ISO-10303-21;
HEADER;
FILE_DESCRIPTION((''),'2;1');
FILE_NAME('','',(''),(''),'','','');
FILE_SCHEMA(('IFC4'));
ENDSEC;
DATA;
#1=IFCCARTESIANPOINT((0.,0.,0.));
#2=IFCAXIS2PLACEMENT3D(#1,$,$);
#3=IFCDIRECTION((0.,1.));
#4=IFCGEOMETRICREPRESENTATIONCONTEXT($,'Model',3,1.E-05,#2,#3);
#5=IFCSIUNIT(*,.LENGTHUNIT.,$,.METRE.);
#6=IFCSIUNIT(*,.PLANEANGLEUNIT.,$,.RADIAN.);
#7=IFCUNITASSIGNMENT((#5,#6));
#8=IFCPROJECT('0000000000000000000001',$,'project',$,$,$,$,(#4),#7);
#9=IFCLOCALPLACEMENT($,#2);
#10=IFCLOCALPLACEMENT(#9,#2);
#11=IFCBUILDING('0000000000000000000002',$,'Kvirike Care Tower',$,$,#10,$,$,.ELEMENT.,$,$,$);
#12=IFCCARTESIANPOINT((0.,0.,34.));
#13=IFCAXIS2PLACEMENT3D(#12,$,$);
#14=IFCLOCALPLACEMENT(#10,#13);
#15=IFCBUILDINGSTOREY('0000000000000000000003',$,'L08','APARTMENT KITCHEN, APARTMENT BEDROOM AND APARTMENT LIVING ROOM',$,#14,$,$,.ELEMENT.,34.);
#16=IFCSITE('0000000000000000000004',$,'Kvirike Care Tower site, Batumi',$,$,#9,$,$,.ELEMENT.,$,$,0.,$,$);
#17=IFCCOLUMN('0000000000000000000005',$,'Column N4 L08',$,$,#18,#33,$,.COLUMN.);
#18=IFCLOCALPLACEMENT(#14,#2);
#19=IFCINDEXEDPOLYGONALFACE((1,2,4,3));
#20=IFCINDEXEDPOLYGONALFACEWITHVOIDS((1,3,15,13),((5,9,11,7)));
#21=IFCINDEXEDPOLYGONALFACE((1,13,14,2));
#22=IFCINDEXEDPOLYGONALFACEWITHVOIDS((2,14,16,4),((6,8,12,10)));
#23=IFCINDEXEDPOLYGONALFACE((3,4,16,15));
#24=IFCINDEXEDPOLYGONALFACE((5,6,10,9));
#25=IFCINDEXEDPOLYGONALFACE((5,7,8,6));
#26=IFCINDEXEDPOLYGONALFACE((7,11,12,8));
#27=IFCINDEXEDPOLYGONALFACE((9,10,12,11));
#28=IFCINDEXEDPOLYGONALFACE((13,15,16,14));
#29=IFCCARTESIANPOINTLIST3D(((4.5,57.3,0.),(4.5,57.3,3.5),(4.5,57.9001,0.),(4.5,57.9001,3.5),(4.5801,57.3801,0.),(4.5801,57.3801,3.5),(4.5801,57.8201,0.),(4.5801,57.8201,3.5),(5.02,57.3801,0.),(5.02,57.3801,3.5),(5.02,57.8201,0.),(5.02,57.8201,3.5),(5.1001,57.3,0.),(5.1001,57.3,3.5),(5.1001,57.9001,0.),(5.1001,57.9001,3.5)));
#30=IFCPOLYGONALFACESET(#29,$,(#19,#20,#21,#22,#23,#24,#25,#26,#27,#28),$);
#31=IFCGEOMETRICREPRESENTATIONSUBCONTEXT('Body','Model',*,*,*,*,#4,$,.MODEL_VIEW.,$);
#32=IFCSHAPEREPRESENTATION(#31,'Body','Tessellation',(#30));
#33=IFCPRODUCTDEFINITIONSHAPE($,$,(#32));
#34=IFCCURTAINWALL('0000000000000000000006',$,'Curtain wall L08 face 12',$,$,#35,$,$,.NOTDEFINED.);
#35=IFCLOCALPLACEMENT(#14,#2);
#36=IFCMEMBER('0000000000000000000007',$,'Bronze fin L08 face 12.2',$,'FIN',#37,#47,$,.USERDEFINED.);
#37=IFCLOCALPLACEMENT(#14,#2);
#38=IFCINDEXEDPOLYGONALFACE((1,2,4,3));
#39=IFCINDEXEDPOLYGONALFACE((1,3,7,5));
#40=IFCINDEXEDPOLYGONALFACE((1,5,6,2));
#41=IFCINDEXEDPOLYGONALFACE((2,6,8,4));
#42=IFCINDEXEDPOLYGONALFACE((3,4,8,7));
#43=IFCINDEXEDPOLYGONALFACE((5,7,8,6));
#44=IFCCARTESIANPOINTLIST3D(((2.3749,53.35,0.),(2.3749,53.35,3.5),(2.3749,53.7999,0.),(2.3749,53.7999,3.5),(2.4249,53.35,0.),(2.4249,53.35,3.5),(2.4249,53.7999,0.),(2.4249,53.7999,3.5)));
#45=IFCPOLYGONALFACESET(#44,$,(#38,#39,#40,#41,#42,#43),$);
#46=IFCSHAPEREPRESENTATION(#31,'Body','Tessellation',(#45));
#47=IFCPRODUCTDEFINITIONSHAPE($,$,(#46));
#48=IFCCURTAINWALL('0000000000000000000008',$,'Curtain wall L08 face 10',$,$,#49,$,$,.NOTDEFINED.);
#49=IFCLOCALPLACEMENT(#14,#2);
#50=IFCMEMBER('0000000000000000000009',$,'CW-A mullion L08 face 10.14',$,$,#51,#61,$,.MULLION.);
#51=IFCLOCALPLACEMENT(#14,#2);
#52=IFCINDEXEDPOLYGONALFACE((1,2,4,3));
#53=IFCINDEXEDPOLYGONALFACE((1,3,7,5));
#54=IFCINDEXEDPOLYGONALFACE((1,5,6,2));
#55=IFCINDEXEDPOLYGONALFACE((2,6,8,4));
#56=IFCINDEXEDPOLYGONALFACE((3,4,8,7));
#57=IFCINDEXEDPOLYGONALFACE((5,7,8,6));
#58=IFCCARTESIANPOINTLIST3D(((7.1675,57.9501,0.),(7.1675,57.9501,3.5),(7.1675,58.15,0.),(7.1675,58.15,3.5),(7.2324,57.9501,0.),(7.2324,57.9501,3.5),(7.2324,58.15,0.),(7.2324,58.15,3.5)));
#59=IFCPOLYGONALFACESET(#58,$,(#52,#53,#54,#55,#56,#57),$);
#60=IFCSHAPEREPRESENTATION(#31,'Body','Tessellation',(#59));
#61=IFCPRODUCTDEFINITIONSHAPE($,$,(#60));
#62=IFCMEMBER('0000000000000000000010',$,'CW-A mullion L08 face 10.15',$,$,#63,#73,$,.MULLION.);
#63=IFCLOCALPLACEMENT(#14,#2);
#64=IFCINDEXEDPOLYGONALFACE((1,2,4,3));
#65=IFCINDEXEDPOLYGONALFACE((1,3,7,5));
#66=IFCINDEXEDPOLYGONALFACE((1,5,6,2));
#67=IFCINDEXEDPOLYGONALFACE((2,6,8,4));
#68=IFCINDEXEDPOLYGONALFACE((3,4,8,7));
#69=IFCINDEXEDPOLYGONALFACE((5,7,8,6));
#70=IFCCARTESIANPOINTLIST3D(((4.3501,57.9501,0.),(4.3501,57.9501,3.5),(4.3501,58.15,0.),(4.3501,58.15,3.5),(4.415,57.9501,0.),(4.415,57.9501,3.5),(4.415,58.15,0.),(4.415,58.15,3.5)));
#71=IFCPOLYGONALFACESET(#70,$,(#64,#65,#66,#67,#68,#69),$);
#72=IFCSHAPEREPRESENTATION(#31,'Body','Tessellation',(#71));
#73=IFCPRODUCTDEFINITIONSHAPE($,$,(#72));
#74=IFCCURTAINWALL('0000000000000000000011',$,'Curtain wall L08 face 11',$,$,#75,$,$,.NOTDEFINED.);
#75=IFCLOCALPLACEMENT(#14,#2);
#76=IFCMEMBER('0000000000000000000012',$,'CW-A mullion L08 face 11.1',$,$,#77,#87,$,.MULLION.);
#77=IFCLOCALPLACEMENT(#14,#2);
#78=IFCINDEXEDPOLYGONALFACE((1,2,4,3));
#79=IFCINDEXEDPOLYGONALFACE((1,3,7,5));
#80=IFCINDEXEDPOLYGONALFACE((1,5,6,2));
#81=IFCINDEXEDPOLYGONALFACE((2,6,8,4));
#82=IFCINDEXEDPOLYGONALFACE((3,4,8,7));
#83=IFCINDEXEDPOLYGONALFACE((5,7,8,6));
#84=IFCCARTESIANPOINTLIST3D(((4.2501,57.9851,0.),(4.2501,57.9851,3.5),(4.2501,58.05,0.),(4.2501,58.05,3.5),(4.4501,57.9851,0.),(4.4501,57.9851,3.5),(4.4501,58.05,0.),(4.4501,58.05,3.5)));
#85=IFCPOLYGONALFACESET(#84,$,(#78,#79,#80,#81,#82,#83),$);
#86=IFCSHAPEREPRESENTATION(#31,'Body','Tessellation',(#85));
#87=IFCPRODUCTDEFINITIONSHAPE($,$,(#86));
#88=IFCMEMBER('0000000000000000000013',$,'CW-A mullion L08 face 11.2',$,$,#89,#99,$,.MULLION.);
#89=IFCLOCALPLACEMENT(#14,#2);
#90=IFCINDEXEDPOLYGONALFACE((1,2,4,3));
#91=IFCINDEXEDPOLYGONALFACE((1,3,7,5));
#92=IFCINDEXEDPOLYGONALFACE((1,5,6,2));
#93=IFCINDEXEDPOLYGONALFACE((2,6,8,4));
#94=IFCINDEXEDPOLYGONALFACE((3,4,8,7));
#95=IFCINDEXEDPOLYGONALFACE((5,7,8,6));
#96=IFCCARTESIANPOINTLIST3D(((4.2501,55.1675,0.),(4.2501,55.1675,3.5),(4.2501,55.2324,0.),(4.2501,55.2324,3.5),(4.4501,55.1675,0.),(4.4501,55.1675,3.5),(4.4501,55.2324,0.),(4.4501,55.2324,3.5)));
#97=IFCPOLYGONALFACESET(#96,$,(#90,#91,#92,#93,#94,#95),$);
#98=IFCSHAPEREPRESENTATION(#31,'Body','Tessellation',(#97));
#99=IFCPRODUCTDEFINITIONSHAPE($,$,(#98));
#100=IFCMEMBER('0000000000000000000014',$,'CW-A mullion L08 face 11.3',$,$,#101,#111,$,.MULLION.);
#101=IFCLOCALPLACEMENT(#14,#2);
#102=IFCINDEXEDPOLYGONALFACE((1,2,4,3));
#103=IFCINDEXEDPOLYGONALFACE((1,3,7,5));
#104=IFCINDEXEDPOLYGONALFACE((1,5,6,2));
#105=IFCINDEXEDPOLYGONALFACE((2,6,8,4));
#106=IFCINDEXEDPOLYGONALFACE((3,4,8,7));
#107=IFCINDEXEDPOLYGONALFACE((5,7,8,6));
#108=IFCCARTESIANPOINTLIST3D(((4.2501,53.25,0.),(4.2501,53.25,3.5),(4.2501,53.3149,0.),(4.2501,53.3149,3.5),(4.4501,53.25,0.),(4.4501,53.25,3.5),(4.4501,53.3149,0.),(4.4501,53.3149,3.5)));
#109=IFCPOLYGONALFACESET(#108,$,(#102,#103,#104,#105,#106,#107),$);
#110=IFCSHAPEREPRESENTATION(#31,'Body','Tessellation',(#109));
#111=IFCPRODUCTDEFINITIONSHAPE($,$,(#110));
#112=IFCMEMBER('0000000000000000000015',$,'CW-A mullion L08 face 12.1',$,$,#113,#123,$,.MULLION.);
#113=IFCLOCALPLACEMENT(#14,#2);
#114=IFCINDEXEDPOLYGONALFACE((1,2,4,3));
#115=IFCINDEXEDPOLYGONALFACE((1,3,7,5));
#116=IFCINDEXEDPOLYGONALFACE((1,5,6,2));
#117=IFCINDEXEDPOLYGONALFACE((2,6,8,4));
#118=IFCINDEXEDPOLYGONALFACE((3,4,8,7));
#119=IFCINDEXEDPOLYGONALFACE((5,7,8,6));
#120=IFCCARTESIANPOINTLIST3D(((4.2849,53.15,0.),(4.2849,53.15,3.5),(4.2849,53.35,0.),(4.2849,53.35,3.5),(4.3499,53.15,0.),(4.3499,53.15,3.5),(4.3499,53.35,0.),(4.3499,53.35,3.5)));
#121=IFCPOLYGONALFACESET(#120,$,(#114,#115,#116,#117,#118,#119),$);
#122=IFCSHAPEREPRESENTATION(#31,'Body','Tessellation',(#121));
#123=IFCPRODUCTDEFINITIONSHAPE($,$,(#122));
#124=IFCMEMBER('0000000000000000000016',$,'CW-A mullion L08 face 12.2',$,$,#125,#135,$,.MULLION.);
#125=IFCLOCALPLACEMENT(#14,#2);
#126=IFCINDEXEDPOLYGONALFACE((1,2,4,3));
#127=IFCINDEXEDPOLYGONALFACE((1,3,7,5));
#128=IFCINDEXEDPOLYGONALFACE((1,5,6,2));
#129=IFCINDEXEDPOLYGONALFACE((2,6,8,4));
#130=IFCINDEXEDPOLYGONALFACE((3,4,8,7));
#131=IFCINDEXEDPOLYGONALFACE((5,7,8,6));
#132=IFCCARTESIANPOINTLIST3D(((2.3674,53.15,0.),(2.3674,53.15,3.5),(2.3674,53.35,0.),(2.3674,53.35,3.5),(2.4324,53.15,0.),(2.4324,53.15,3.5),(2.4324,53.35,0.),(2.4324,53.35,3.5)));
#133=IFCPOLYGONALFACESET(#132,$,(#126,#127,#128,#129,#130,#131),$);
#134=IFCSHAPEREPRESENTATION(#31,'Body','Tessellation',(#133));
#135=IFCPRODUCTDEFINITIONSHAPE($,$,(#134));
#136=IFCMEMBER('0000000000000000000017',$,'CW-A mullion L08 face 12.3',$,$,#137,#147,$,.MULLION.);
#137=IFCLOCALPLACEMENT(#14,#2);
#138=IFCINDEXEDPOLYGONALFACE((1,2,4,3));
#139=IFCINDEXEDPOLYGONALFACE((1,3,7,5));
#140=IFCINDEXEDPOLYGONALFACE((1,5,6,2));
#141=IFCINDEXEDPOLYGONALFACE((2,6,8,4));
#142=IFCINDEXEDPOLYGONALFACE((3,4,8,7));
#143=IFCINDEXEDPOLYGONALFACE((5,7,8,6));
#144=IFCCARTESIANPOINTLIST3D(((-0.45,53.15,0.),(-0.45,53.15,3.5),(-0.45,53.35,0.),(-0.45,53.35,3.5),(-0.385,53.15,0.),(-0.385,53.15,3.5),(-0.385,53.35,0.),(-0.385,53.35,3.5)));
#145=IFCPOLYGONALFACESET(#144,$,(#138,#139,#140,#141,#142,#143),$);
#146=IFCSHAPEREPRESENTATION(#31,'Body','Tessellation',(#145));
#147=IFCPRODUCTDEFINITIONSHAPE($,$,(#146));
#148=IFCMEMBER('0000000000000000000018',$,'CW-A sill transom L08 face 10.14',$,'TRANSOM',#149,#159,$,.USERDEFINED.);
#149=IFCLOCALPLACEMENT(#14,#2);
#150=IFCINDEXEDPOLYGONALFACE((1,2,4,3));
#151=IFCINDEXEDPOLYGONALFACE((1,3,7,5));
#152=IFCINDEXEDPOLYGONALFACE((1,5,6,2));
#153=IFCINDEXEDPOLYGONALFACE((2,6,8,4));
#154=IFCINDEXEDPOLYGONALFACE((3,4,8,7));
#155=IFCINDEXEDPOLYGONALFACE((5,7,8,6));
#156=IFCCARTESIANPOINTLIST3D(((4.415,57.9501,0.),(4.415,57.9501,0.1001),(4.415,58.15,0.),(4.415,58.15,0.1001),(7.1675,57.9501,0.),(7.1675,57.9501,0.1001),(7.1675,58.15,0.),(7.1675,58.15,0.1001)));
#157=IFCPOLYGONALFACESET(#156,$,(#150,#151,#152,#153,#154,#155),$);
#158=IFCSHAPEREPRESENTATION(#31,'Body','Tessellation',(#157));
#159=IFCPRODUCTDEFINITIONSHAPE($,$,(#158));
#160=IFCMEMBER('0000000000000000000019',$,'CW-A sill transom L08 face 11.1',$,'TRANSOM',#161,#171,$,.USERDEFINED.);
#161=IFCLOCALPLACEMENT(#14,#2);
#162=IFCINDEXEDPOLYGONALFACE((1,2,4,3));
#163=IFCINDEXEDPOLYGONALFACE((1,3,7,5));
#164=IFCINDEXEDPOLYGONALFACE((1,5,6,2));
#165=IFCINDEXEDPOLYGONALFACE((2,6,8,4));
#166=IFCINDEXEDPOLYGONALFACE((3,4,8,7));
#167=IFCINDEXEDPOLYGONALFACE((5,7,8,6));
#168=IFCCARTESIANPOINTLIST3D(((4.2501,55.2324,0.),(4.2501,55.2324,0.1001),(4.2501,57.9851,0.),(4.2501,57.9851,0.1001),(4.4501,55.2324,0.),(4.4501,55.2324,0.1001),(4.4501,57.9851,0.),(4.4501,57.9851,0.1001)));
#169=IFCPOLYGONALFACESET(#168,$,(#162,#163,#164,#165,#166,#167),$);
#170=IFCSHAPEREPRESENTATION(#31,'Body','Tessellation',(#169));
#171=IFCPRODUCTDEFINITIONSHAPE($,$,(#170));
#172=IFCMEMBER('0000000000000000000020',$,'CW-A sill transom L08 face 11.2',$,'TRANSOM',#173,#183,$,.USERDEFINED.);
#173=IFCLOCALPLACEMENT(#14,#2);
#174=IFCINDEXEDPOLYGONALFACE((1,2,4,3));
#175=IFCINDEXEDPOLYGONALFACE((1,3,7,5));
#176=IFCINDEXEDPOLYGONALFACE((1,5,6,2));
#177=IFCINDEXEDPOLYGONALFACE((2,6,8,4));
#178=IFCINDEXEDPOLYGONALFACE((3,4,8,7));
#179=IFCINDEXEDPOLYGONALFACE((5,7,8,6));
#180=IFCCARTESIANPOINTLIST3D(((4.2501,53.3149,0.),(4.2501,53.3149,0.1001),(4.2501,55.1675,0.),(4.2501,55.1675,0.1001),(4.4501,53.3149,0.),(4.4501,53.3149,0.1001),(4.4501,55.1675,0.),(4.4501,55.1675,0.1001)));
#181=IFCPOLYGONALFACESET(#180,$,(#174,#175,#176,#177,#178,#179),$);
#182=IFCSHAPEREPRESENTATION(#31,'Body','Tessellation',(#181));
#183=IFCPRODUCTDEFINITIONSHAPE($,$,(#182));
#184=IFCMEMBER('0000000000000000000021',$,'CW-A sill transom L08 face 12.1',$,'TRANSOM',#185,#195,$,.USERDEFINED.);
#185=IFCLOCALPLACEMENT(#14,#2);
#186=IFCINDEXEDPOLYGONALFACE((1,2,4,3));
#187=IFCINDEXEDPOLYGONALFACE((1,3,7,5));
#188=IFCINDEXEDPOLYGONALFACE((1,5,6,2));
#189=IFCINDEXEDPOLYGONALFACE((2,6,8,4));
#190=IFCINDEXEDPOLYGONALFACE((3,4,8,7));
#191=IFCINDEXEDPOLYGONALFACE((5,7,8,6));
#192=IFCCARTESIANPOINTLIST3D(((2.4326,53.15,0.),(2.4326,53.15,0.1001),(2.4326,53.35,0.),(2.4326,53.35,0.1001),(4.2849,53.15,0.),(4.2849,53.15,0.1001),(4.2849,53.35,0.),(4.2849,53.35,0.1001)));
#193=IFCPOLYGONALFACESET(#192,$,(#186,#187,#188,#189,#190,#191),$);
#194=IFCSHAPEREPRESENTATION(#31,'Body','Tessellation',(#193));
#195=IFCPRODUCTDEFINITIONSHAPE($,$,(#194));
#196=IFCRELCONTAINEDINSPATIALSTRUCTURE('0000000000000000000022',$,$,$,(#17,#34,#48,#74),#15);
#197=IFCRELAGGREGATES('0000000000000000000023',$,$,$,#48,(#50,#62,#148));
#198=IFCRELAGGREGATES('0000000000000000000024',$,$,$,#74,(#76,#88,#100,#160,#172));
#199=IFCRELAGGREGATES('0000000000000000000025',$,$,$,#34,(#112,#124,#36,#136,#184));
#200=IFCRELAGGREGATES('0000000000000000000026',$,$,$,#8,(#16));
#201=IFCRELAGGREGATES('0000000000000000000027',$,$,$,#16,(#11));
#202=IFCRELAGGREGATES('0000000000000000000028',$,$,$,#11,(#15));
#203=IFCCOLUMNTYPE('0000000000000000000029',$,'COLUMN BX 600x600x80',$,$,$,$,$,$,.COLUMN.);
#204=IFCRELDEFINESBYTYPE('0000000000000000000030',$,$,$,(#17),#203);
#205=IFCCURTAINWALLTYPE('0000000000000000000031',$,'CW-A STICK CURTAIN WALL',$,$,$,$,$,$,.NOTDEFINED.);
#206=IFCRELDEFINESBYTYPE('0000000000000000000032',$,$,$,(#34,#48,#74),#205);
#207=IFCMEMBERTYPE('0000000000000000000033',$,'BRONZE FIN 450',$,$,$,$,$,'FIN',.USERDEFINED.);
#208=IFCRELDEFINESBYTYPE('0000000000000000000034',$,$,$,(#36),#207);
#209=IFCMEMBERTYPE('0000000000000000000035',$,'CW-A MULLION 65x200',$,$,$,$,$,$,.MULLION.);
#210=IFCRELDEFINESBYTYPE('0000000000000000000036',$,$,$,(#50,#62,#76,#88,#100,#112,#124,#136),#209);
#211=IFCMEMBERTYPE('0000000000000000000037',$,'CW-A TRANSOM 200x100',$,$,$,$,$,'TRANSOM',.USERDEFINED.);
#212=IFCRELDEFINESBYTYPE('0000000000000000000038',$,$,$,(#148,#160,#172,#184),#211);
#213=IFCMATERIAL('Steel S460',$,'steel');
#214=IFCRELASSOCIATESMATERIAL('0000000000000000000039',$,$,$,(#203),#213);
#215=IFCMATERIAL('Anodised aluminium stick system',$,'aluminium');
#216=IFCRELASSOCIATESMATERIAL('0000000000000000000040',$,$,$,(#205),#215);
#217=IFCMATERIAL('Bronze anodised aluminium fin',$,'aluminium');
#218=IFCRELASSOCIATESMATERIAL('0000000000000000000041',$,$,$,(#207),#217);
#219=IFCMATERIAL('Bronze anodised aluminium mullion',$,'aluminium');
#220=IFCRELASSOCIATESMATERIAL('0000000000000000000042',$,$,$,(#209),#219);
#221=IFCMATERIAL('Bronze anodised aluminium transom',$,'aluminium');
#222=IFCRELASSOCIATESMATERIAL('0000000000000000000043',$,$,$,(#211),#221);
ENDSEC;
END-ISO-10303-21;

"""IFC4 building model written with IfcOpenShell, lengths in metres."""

from ifc_helpers import new_model, si_unit, direction, frame, origin, origin_2d, place, context, subcontext, project, spatial, rectangle, hollow_rectangle, extrude, material, material_profile, profile_set, type_object, element, aggregate, save


model = new_model("IFC4")

# Units and contexts
model_context = context("Model", 3, precision=1e-05, world=origin(), true_north=direction((0.0, 1.0)))
body_context = subcontext(model_context, "Body", "Model", "MODEL_VIEW")
ifc_project = project(units=[si_unit("LENGTHUNIT", "METRE"), si_unit("PLANEANGLEUNIT", "RADIAN")], contexts=[model_context])

# Site, building, storey
site_placement = place(None, origin())
site = spatial("IfcSite", under=ifc_project, at=site_placement, Name="Kvirike Care Tower site, Batumi", CompositionType="ELEMENT", RefElevation=0.0)
building_placement = place(site_placement, origin())
building = spatial("IfcBuilding", under=site, at=building_placement, Name="Kvirike Care Tower", CompositionType="ELEMENT")
storey_placement = place(building_placement, frame((0.0, 0.0, 34.0)))
storey = spatial("IfcBuildingStorey", under=building, at=storey_placement, Name="L08", Description="APARTMENT KITCHEN, APARTMENT BEDROOM AND APARTMENT LIVING ROOM", CompositionType="ELEMENT", Elevation=34.0)

# Column
ifc_material_1 = material(Name="Steel S460", Category="steel")
ifc_material_profile_1 = material_profile(ifc_material_1, hollow_rectangle(XDim=0.6001, YDim=0.6001, WallThickness=0.0801, at=origin_2d()), Name="BX 600x600x80")
ifc_profile_set_1 = profile_set([ifc_material_profile_1], Name="Steel S460")
column_type = type_object("IfcColumnType", Name="COLUMN BX 600x600x80", PredefinedType="COLUMN", material=ifc_profile_set_1)
column_placement = place(storey_placement, frame((4.8, 57.6001, 0.0), z_axis=(0.0, 0.0, 1.0), x_axis=(0.0, 1.0, 0.0)))
element("IfcColumn", 1, at=column_placement, inside=storey, type_object=column_type, Name="Column N4 L08", PredefinedType="COLUMN", context=body_context, shape_type="SweptSolid", body=[
    extrude(hollow_rectangle(XDim=0.6001, YDim=0.6001, WallThickness=0.0801, at=origin_2d()), origin(), (0.0, 0.0, 1.0), 3.5),
])

# Curtain wall, member
ifc_material_2 = material(Name="Anodised aluminium stick system", Category="aluminium")
curtain_wall_type = type_object("IfcCurtainWallType", Name="CW-A STICK CURTAIN WALL", PredefinedType="NOTDEFINED", material=ifc_material_2)
curtain_wall_1_placement = place(storey_placement, origin())
curtain_wall_1 = element("IfcCurtainWall", 2, at=curtain_wall_1_placement, inside=storey, type_object=curtain_wall_type, Name="Curtain wall L08 face 12", PredefinedType="NOTDEFINED")
ifc_material_3 = material(Name="Bronze anodised aluminium fin", Category="aluminium")
ifc_material_profile_2 = material_profile(ifc_material_3, rectangle(XDim=0.05, YDim=0.45, at=origin_2d()), Name="BRONZE FIN 450")
ifc_profile_set_2 = profile_set([ifc_material_profile_2], Name="Bronze anodised aluminium fin")
member_type_1 = type_object("IfcMemberType", Name="BRONZE FIN 450", ElementType="FIN", PredefinedType="USERDEFINED", material=ifc_profile_set_2)
member_1_placement = place(storey_placement, frame((2.3999, 53.575, 0.0), z_axis=(0.0, 0.0, 1.0), x_axis=(-1.0, 0.0, 0.0)))
member_1 = element("IfcMember", 3, at=member_1_placement, type_object=member_type_1, Name="Bronze fin L08 face 12.2", ObjectType="FIN", PredefinedType="USERDEFINED", context=body_context, shape_type="SweptSolid", body=[
    extrude(rectangle(XDim=0.05, YDim=0.45, at=origin_2d()), origin(), (0.0, 0.0, 1.0), 3.5),
])

# Curtain walls, members
curtain_wall_2_placement = place(storey_placement, origin())
curtain_wall_2 = element("IfcCurtainWall", 4, at=curtain_wall_2_placement, inside=storey, type_object=curtain_wall_type, Name="Curtain wall L08 face 10", PredefinedType="NOTDEFINED")
ifc_material_4 = material(Name="Bronze anodised aluminium mullion", Category="aluminium")
ifc_material_profile_3 = material_profile(ifc_material_4, rectangle(XDim=0.0649, YDim=0.2, at=origin_2d()), Name="CW-A MULLION 65x200")
ifc_profile_set_3 = profile_set([ifc_material_profile_3], Name="Bronze anodised aluminium mullion")
member_type_2 = type_object("IfcMemberType", Name="CW-A MULLION 65x200", PredefinedType="MULLION", material=ifc_profile_set_3)
member_2_placement = place(storey_placement, frame((7.2, 58.05, 0.0), z_axis=(0.0, 0.0, 1.0), x_axis=(-1.0, 0.0, 0.0)))
member_2 = element("IfcMember", 5, at=member_2_placement, type_object=member_type_2, Name="CW-A mullion L08 face 10.14", PredefinedType="MULLION", context=body_context, shape_type="SweptSolid", body=[
    extrude(rectangle(XDim=0.0649, YDim=0.2, at=origin_2d()), origin(), (0.0, 0.0, 1.0), 3.5),
])
member_3_placement = place(storey_placement, frame((4.3826, 58.05, 0.0), z_axis=(0.0, 0.0, 1.0), x_axis=(-1.0, 0.0, 0.0)))
member_3 = element("IfcMember", 6, at=member_3_placement, type_object=member_type_2, Name="CW-A mullion L08 face 10.15", PredefinedType="MULLION", context=body_context, shape_type="SweptSolid", body=[
    extrude(rectangle(XDim=0.0649, YDim=0.2, at=origin_2d()), origin(), (0.0, 0.0, 1.0), 3.5),
])
curtain_wall_3_placement = place(storey_placement, origin())
curtain_wall_3 = element("IfcCurtainWall", 7, at=curtain_wall_3_placement, inside=storey, type_object=curtain_wall_type, Name="Curtain wall L08 face 11", PredefinedType="NOTDEFINED")
member_4_placement = place(storey_placement, frame((4.3501, 58.0176, 0.0), z_axis=(0.0, 0.0, 1.0), x_axis=(0.0, -1.0, 0.0)))
member_4 = element("IfcMember", 8, at=member_4_placement, type_object=member_type_2, Name="CW-A mullion L08 face 11.1", PredefinedType="MULLION", context=body_context, shape_type="SweptSolid", body=[
    extrude(rectangle(XDim=0.0649, YDim=0.2, at=origin_2d()), origin(), (0.0, 0.0, 1.0), 3.5),
])
member_5_placement = place(storey_placement, frame((4.3501, 55.2, 0.0), z_axis=(0.0, 0.0, 1.0), x_axis=(0.0, -1.0, 0.0)))
member_5 = element("IfcMember", 9, at=member_5_placement, type_object=member_type_2, Name="CW-A mullion L08 face 11.2", PredefinedType="MULLION", context=body_context, shape_type="SweptSolid", body=[
    extrude(rectangle(XDim=0.0649, YDim=0.2, at=origin_2d()), origin(), (0.0, 0.0, 1.0), 3.5),
])
member_6_placement = place(storey_placement, frame((4.3501, 53.2825, 0.0), z_axis=(0.0, 0.0, 1.0), x_axis=(0.0, -1.0, 0.0)))
member_6 = element("IfcMember", 10, at=member_6_placement, type_object=member_type_2, Name="CW-A mullion L08 face 11.3", PredefinedType="MULLION", context=body_context, shape_type="SweptSolid", body=[
    extrude(rectangle(XDim=0.0649, YDim=0.2, at=origin_2d()), origin(), (0.0, 0.0, 1.0), 3.5),
])

# Members
member_7_placement = place(storey_placement, frame((4.3174, 53.25, 0.0), z_axis=(0.0, 0.0, 1.0), x_axis=(-1.0, 0.0, 0.0)))
member_7 = element("IfcMember", 11, at=member_7_placement, type_object=member_type_2, Name="CW-A mullion L08 face 12.1", PredefinedType="MULLION", context=body_context, shape_type="SweptSolid", body=[
    extrude(rectangle(XDim=0.0649, YDim=0.2, at=origin_2d()), origin(), (0.0, 0.0, 1.0), 3.5),
])
member_8_placement = place(storey_placement, frame((2.3999, 53.25, 0.0), z_axis=(0.0, 0.0, 1.0), x_axis=(-1.0, 0.0, 0.0)))
member_8 = element("IfcMember", 12, at=member_8_placement, type_object=member_type_2, Name="CW-A mullion L08 face 12.2", PredefinedType="MULLION", context=body_context, shape_type="SweptSolid", body=[
    extrude(rectangle(XDim=0.0649, YDim=0.2, at=origin_2d()), origin(), (0.0, 0.0, 1.0), 3.5),
])
member_9_placement = place(storey_placement, frame((-0.4175, 53.25, 0.0), z_axis=(0.0, 0.0, 1.0), x_axis=(-1.0, 0.0, 0.0)))
member_9 = element("IfcMember", 13, at=member_9_placement, type_object=member_type_2, Name="CW-A mullion L08 face 12.3", PredefinedType="MULLION", context=body_context, shape_type="SweptSolid", body=[
    extrude(rectangle(XDim=0.0649, YDim=0.2, at=origin_2d()), origin(), (0.0, 0.0, 1.0), 3.5),
])
ifc_material_5 = material(Name="Bronze anodised aluminium transom", Category="aluminium")
ifc_material_profile_4 = material_profile(ifc_material_5, rectangle(XDim=0.2, YDim=0.1001, at=origin_2d()), Name="CW-A TRANSOM 200x100")
ifc_profile_set_4 = profile_set([ifc_material_profile_4], Name="Bronze anodised aluminium transom")
member_type_3 = type_object("IfcMemberType", Name="CW-A TRANSOM 200x100", ElementType="TRANSOM", PredefinedType="USERDEFINED", material=ifc_profile_set_4)
member_10_placement = place(storey_placement, frame((7.1675, 58.05, 0.05), z_axis=(-1.0, 0.0, 0.0), x_axis=(0.0, -1.0, 0.0)))
member_10 = element("IfcMember", 14, at=member_10_placement, type_object=member_type_3, Name="CW-A sill transom L08 face 10.14", ObjectType="TRANSOM", PredefinedType="USERDEFINED", context=body_context, shape_type="SweptSolid", body=[
    extrude(rectangle(XDim=0.2, YDim=0.1001, at=origin_2d()), origin(), (0.0, 0.0, 1.0), 2.7524),
])
member_11_placement = place(storey_placement, frame((4.3501, 57.9851, 0.05), z_axis=(0.0, -1.0, 0.0), x_axis=(1.0, 0.0, 0.0)))
member_11 = element("IfcMember", 15, at=member_11_placement, type_object=member_type_3, Name="CW-A sill transom L08 face 11.1", ObjectType="TRANSOM", PredefinedType="USERDEFINED", context=body_context, shape_type="SweptSolid", body=[
    extrude(rectangle(XDim=0.2, YDim=0.1001, at=origin_2d()), origin(), (0.0, 0.0, 1.0), 2.7527),
])
member_12_placement = place(storey_placement, frame((4.3501, 55.1675, 0.05), z_axis=(0.0, -1.0, 0.0), x_axis=(1.0, 0.0, 0.0)))
member_12 = element("IfcMember", 16, at=member_12_placement, type_object=member_type_3, Name="CW-A sill transom L08 face 11.2", ObjectType="TRANSOM", PredefinedType="USERDEFINED", context=body_context, shape_type="SweptSolid", body=[
    extrude(rectangle(XDim=0.2, YDim=0.1001, at=origin_2d()), origin(), (0.0, 0.0, 1.0), 1.8525),
])
member_13_placement = place(storey_placement, frame((4.2849, 53.25, 0.05), z_axis=(-1.0, 0.0, 0.0), x_axis=(0.0, -1.0, 0.0)))
member_13 = element("IfcMember", 17, at=member_13_placement, type_object=member_type_3, Name="CW-A sill transom L08 face 12.1", ObjectType="TRANSOM", PredefinedType="USERDEFINED", context=body_context, shape_type="SweptSolid", body=[
    extrude(rectangle(XDim=0.2, YDim=0.1001, at=origin_2d()), origin(), (0.0, 0.0, 1.0), 1.8523),
])

aggregate(curtain_wall_2, [member_2, member_3, member_10])
aggregate(curtain_wall_3, [member_4, member_5, member_6, member_11, member_12])
aggregate(curtain_wall_1, [member_7, member_8, member_1, member_9, member_13])

save(model, "model.ifc")
